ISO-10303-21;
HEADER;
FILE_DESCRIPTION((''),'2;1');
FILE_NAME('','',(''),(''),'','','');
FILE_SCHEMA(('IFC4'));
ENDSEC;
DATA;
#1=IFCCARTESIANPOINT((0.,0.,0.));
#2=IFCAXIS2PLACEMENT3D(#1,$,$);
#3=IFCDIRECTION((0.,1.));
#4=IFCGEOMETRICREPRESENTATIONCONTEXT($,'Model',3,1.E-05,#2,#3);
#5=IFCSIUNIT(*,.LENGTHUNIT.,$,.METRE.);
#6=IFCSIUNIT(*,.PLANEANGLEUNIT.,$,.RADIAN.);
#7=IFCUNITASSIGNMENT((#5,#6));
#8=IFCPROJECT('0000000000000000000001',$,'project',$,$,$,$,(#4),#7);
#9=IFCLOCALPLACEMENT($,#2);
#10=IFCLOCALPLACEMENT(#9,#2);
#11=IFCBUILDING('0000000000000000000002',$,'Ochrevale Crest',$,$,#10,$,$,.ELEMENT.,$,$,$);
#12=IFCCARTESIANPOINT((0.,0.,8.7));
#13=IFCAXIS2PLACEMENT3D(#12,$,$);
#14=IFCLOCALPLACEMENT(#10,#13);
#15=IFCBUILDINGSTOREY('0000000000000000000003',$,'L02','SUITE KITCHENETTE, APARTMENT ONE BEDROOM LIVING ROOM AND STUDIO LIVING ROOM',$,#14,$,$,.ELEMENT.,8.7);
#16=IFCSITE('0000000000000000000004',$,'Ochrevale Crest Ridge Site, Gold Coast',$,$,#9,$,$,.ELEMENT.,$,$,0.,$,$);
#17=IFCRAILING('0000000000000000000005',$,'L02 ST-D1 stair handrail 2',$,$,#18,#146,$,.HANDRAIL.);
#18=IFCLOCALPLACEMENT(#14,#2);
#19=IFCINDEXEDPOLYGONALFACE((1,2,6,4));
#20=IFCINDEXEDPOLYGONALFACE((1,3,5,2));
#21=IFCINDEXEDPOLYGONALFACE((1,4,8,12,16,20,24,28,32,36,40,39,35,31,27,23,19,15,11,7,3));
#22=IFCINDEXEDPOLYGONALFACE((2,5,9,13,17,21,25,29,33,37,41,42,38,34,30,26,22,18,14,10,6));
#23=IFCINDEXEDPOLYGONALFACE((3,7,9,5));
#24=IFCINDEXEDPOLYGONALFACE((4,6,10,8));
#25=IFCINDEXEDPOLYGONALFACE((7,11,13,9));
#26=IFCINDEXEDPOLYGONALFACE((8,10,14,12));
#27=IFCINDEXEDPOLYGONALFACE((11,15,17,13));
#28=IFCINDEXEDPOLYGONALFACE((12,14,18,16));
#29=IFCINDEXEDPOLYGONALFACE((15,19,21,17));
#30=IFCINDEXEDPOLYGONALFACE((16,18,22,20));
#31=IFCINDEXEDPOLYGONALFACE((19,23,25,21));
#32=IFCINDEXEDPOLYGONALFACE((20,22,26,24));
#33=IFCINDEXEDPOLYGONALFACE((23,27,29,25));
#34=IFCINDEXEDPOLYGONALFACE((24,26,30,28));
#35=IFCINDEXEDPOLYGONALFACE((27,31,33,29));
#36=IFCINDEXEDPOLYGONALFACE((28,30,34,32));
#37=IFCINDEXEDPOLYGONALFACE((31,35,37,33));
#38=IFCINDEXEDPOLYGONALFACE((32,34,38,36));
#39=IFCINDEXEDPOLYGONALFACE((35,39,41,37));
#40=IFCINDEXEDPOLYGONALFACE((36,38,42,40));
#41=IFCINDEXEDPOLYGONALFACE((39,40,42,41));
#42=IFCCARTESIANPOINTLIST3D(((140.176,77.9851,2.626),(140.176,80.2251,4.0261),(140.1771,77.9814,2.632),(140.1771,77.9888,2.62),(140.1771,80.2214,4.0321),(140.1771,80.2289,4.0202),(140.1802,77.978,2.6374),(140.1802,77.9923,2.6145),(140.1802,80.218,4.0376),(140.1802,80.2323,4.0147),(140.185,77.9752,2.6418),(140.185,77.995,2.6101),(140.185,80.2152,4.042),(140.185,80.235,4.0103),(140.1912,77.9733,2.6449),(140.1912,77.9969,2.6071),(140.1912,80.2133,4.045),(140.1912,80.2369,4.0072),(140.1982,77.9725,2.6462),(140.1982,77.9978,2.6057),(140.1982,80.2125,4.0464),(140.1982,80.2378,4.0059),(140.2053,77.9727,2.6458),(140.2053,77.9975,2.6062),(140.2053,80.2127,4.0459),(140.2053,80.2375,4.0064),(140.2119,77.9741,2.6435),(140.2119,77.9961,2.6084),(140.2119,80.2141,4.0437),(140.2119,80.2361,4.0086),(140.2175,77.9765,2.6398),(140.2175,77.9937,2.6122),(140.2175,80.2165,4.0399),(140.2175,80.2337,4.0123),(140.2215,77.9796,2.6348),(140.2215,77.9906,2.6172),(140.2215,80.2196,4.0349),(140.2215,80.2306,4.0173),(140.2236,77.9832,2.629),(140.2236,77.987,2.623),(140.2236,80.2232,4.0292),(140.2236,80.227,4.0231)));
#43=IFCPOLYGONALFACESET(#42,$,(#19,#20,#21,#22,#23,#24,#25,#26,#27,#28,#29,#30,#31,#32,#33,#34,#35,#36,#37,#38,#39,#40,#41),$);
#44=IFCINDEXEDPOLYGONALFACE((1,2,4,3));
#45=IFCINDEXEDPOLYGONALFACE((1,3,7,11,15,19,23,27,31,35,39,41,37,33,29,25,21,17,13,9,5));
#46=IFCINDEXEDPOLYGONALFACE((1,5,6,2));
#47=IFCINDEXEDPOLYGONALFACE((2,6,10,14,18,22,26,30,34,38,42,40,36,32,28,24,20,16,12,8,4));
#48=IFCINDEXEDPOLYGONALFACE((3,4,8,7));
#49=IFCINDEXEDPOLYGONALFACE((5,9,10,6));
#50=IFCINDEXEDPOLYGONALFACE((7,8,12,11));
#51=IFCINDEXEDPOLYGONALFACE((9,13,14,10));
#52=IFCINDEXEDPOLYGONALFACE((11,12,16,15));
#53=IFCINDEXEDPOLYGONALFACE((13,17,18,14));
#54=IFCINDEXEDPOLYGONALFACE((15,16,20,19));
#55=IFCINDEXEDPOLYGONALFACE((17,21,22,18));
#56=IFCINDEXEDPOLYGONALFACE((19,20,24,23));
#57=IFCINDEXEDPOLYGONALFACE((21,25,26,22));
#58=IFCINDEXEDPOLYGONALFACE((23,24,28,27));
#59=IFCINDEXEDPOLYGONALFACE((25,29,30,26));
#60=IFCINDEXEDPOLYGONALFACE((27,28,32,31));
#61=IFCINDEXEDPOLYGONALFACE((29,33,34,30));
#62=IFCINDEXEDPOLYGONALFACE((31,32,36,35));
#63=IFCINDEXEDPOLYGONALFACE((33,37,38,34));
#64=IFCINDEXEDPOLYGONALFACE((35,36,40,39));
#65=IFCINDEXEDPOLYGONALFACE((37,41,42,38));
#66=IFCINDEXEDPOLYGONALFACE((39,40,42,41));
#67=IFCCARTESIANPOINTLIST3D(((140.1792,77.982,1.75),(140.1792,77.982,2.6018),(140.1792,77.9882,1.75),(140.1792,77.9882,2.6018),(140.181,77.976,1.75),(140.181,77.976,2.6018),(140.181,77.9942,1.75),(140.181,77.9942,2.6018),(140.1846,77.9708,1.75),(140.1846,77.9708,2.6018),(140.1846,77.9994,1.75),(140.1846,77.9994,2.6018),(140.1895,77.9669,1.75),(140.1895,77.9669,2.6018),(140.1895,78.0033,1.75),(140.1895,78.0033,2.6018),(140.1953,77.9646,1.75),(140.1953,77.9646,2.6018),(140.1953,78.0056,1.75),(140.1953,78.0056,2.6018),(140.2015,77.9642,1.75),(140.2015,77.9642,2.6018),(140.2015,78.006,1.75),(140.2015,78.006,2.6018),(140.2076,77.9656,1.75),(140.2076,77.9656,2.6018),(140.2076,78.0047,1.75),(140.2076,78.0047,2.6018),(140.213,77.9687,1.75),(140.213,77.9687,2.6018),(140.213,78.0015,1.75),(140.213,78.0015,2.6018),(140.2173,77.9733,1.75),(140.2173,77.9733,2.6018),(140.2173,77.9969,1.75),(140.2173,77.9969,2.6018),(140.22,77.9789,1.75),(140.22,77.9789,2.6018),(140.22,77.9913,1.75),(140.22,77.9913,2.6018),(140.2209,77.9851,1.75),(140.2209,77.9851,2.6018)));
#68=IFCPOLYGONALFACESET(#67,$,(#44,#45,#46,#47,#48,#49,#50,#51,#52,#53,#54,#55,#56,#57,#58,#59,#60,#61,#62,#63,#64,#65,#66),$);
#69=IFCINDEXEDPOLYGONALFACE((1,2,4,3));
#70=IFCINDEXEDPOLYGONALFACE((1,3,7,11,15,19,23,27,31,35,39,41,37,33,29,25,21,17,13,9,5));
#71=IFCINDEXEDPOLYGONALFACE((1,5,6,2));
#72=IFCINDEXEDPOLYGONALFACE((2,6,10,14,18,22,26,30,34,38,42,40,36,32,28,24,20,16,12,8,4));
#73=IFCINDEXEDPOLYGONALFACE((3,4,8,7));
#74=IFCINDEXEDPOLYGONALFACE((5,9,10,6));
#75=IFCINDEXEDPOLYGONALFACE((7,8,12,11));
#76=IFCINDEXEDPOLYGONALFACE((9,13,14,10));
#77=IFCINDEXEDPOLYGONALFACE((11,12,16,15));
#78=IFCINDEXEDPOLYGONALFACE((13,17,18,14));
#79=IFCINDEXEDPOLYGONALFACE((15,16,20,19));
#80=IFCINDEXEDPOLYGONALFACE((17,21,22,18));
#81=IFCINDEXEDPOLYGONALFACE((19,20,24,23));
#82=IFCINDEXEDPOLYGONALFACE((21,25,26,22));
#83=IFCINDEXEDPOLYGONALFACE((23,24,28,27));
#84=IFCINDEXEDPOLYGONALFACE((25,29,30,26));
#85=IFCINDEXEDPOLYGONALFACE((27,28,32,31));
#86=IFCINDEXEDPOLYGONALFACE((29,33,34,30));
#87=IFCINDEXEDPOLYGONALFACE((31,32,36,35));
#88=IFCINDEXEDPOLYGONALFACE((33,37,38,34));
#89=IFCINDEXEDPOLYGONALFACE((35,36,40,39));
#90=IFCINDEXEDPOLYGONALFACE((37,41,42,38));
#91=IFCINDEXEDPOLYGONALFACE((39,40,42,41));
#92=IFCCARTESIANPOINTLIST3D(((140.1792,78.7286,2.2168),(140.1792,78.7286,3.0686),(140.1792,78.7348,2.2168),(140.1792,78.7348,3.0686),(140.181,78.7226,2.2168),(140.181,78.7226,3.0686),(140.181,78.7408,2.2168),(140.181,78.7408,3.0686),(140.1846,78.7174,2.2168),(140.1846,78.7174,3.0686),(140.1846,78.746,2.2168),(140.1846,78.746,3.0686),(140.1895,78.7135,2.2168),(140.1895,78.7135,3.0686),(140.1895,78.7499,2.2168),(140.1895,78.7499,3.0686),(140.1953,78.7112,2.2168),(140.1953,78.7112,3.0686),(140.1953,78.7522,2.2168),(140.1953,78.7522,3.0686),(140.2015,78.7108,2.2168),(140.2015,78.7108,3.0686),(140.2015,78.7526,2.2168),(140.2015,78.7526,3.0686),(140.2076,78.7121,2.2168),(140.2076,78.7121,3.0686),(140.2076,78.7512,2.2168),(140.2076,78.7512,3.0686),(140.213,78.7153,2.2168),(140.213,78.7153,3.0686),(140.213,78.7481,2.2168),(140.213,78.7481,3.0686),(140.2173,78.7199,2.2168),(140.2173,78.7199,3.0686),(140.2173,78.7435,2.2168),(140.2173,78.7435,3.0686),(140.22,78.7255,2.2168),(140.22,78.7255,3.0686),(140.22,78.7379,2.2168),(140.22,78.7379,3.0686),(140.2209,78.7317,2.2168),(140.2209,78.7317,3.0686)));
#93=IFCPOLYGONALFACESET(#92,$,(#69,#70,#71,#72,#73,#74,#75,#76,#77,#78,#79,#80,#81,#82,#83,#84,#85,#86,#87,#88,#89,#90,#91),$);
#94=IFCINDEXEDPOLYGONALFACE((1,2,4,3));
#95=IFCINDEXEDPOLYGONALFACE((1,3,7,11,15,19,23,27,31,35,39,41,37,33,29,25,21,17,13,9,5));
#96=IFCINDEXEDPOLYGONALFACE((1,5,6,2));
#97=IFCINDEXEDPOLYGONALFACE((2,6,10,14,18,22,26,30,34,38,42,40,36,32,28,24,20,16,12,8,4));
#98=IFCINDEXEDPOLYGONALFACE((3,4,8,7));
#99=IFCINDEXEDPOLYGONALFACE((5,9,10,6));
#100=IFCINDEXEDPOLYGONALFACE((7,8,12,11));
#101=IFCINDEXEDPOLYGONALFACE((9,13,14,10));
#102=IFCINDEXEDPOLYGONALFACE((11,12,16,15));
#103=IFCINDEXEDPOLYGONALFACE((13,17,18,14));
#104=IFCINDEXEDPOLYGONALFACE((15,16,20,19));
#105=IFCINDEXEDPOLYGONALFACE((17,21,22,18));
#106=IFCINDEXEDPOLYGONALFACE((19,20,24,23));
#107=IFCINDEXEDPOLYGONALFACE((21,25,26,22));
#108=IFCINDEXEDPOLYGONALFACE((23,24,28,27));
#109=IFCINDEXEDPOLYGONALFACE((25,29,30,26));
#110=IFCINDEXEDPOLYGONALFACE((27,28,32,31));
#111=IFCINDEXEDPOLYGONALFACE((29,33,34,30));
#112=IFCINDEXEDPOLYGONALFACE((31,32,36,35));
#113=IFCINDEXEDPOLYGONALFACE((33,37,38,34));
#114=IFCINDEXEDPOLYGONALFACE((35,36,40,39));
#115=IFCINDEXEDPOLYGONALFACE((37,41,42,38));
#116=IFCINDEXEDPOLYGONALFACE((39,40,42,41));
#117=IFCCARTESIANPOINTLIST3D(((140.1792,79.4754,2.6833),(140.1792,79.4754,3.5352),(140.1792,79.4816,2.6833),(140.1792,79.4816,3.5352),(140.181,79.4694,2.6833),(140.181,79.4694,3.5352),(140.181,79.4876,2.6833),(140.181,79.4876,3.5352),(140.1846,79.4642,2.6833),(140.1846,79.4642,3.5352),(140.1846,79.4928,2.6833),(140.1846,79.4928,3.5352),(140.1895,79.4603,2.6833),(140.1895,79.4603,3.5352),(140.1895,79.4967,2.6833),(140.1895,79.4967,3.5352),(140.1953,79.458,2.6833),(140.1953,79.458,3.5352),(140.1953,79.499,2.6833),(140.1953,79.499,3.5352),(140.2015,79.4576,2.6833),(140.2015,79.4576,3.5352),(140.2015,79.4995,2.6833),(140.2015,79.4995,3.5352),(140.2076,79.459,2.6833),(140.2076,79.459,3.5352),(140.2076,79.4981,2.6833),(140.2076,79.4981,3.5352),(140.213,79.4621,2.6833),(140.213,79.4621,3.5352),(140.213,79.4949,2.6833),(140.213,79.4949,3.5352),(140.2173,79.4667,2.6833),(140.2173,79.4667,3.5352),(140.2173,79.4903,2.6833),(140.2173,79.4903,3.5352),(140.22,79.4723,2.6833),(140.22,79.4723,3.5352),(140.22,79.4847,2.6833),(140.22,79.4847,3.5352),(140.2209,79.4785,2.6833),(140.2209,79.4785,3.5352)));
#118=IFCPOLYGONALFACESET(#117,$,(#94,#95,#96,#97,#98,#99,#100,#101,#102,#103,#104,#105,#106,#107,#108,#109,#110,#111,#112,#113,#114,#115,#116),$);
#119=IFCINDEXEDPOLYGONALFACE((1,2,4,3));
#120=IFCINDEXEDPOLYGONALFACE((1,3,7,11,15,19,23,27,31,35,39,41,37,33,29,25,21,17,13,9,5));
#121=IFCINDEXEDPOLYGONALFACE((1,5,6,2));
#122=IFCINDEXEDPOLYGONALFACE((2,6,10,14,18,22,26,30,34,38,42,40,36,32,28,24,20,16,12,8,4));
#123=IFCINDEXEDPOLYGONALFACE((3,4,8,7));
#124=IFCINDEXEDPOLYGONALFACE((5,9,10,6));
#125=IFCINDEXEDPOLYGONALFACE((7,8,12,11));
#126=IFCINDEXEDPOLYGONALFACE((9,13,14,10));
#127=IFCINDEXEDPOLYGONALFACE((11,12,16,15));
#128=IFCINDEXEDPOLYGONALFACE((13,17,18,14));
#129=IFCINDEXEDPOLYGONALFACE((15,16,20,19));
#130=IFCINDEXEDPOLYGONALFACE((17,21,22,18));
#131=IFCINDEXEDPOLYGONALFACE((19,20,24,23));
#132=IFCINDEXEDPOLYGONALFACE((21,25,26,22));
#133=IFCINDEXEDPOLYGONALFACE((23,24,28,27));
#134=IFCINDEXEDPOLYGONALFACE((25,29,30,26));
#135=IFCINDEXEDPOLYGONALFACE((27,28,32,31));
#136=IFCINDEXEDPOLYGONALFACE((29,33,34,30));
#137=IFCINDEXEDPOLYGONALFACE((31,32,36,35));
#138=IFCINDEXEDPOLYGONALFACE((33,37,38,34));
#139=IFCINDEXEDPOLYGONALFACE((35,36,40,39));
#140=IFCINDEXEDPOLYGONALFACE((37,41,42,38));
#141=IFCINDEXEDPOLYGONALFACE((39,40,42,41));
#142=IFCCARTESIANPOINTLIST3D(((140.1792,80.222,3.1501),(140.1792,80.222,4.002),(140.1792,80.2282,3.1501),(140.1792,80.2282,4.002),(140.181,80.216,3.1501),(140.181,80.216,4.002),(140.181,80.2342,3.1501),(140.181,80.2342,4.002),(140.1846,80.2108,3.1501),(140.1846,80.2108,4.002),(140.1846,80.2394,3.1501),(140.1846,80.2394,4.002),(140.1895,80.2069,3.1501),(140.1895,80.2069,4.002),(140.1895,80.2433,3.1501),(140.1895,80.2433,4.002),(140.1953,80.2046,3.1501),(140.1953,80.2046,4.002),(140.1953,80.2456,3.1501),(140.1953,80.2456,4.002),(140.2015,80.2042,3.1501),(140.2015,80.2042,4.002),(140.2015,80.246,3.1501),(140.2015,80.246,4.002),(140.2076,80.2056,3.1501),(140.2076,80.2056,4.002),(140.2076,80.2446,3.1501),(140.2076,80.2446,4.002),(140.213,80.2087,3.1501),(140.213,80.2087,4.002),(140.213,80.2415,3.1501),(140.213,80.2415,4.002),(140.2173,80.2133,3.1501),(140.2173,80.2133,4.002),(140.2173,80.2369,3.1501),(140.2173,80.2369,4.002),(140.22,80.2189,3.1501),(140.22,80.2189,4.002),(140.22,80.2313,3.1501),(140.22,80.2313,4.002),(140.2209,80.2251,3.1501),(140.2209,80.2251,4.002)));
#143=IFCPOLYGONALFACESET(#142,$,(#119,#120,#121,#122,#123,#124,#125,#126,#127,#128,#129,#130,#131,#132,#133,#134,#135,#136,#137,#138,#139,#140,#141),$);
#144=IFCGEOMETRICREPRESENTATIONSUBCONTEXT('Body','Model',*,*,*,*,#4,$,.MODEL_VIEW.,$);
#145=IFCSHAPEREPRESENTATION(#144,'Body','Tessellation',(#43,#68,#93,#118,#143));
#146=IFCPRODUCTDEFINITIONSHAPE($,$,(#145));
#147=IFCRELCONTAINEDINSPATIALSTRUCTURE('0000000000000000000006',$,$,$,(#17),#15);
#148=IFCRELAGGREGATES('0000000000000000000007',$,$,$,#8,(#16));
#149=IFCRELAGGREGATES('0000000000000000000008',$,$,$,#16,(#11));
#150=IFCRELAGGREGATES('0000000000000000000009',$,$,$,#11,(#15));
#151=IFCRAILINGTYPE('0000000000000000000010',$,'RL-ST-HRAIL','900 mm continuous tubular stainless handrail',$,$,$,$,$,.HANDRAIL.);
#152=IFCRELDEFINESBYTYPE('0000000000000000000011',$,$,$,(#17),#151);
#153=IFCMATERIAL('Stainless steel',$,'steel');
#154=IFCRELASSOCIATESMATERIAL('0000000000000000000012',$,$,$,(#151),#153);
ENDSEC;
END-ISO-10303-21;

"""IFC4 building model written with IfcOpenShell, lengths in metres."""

from ifc_helpers import new_model, si_unit, direction, frame, origin, origin_2d, place, context, subcontext, project, spatial, circle, extrude, material, type_object, element, save


model = new_model("IFC4")

# Units and contexts
model_context = context("Model", 3, precision=1e-05, world=origin(), true_north=direction((0.0, 1.0)))
body_context = subcontext(model_context, "Body", "Model", "MODEL_VIEW")
ifc_project = project(units=[si_unit("LENGTHUNIT", "METRE"), si_unit("PLANEANGLEUNIT", "RADIAN")], contexts=[model_context])

# Site, building, storey
site_placement = place(None, origin())
site = spatial("IfcSite", under=ifc_project, at=site_placement, Name="Ochrevale Crest Ridge Site, Gold Coast", CompositionType="ELEMENT", RefElevation=0.0)
building_placement = place(site_placement, origin())
building = spatial("IfcBuilding", under=site, at=building_placement, Name="Ochrevale Crest", CompositionType="ELEMENT")
storey_placement = place(building_placement, frame((0.0, 0.0, 8.7)))
storey = spatial("IfcBuildingStorey", under=building, at=storey_placement, Name="L02", Description="SUITE KITCHENETTE, APARTMENT ONE BEDROOM LIVING ROOM AND STUDIO LIVING ROOM", CompositionType="ELEMENT", Elevation=8.7)

# Railing
ifc_material_1 = material(Name="Stainless steel", Category="steel")
railing_type_1 = type_object("IfcRailingType", Name="RL-ST-HRAIL", Description="900 mm continuous tubular stainless handrail", PredefinedType="HANDRAIL", material=ifc_material_1)
railing_1_placement = place(storey_placement, frame((140.2, 77.9851, 1.75)))
element("IfcRailing", 1, at=railing_1_placement, inside=storey, type_object=railing_type_1, Name="L02 ST-D1 stair handrail 2", PredefinedType="HANDRAIL", context=body_context, shape_type="SweptSolid", body=[
    extrude(circle(Radius=0.0239, at=origin_2d()), frame((0.0, 0.0, 0.876), z_axis=(0.0, 0.847972, 0.53004), x_axis=(-1.0, 0.0, 0.0)), (0.0, 0.0, 1.0), 2.6416),
    extrude(circle(Radius=0.021, at=origin_2d()), origin(), (0.0, 0.0, 1.0), 0.8518),
    extrude(circle(Radius=0.021, at=origin_2d()), frame((0.0, 0.7466, 0.4668)), (0.0, 0.0, 1.0), 0.8518),
    extrude(circle(Radius=0.021, at=origin_2d()), frame((0.0, 1.4934, 0.9333)), (0.0, 0.0, 1.0), 0.8518),
    extrude(circle(Radius=0.021, at=origin_2d()), frame((0.0, 2.24, 1.4001)), (0.0, 0.0, 1.0), 0.8518),
])

save(model, "model.ifc")
